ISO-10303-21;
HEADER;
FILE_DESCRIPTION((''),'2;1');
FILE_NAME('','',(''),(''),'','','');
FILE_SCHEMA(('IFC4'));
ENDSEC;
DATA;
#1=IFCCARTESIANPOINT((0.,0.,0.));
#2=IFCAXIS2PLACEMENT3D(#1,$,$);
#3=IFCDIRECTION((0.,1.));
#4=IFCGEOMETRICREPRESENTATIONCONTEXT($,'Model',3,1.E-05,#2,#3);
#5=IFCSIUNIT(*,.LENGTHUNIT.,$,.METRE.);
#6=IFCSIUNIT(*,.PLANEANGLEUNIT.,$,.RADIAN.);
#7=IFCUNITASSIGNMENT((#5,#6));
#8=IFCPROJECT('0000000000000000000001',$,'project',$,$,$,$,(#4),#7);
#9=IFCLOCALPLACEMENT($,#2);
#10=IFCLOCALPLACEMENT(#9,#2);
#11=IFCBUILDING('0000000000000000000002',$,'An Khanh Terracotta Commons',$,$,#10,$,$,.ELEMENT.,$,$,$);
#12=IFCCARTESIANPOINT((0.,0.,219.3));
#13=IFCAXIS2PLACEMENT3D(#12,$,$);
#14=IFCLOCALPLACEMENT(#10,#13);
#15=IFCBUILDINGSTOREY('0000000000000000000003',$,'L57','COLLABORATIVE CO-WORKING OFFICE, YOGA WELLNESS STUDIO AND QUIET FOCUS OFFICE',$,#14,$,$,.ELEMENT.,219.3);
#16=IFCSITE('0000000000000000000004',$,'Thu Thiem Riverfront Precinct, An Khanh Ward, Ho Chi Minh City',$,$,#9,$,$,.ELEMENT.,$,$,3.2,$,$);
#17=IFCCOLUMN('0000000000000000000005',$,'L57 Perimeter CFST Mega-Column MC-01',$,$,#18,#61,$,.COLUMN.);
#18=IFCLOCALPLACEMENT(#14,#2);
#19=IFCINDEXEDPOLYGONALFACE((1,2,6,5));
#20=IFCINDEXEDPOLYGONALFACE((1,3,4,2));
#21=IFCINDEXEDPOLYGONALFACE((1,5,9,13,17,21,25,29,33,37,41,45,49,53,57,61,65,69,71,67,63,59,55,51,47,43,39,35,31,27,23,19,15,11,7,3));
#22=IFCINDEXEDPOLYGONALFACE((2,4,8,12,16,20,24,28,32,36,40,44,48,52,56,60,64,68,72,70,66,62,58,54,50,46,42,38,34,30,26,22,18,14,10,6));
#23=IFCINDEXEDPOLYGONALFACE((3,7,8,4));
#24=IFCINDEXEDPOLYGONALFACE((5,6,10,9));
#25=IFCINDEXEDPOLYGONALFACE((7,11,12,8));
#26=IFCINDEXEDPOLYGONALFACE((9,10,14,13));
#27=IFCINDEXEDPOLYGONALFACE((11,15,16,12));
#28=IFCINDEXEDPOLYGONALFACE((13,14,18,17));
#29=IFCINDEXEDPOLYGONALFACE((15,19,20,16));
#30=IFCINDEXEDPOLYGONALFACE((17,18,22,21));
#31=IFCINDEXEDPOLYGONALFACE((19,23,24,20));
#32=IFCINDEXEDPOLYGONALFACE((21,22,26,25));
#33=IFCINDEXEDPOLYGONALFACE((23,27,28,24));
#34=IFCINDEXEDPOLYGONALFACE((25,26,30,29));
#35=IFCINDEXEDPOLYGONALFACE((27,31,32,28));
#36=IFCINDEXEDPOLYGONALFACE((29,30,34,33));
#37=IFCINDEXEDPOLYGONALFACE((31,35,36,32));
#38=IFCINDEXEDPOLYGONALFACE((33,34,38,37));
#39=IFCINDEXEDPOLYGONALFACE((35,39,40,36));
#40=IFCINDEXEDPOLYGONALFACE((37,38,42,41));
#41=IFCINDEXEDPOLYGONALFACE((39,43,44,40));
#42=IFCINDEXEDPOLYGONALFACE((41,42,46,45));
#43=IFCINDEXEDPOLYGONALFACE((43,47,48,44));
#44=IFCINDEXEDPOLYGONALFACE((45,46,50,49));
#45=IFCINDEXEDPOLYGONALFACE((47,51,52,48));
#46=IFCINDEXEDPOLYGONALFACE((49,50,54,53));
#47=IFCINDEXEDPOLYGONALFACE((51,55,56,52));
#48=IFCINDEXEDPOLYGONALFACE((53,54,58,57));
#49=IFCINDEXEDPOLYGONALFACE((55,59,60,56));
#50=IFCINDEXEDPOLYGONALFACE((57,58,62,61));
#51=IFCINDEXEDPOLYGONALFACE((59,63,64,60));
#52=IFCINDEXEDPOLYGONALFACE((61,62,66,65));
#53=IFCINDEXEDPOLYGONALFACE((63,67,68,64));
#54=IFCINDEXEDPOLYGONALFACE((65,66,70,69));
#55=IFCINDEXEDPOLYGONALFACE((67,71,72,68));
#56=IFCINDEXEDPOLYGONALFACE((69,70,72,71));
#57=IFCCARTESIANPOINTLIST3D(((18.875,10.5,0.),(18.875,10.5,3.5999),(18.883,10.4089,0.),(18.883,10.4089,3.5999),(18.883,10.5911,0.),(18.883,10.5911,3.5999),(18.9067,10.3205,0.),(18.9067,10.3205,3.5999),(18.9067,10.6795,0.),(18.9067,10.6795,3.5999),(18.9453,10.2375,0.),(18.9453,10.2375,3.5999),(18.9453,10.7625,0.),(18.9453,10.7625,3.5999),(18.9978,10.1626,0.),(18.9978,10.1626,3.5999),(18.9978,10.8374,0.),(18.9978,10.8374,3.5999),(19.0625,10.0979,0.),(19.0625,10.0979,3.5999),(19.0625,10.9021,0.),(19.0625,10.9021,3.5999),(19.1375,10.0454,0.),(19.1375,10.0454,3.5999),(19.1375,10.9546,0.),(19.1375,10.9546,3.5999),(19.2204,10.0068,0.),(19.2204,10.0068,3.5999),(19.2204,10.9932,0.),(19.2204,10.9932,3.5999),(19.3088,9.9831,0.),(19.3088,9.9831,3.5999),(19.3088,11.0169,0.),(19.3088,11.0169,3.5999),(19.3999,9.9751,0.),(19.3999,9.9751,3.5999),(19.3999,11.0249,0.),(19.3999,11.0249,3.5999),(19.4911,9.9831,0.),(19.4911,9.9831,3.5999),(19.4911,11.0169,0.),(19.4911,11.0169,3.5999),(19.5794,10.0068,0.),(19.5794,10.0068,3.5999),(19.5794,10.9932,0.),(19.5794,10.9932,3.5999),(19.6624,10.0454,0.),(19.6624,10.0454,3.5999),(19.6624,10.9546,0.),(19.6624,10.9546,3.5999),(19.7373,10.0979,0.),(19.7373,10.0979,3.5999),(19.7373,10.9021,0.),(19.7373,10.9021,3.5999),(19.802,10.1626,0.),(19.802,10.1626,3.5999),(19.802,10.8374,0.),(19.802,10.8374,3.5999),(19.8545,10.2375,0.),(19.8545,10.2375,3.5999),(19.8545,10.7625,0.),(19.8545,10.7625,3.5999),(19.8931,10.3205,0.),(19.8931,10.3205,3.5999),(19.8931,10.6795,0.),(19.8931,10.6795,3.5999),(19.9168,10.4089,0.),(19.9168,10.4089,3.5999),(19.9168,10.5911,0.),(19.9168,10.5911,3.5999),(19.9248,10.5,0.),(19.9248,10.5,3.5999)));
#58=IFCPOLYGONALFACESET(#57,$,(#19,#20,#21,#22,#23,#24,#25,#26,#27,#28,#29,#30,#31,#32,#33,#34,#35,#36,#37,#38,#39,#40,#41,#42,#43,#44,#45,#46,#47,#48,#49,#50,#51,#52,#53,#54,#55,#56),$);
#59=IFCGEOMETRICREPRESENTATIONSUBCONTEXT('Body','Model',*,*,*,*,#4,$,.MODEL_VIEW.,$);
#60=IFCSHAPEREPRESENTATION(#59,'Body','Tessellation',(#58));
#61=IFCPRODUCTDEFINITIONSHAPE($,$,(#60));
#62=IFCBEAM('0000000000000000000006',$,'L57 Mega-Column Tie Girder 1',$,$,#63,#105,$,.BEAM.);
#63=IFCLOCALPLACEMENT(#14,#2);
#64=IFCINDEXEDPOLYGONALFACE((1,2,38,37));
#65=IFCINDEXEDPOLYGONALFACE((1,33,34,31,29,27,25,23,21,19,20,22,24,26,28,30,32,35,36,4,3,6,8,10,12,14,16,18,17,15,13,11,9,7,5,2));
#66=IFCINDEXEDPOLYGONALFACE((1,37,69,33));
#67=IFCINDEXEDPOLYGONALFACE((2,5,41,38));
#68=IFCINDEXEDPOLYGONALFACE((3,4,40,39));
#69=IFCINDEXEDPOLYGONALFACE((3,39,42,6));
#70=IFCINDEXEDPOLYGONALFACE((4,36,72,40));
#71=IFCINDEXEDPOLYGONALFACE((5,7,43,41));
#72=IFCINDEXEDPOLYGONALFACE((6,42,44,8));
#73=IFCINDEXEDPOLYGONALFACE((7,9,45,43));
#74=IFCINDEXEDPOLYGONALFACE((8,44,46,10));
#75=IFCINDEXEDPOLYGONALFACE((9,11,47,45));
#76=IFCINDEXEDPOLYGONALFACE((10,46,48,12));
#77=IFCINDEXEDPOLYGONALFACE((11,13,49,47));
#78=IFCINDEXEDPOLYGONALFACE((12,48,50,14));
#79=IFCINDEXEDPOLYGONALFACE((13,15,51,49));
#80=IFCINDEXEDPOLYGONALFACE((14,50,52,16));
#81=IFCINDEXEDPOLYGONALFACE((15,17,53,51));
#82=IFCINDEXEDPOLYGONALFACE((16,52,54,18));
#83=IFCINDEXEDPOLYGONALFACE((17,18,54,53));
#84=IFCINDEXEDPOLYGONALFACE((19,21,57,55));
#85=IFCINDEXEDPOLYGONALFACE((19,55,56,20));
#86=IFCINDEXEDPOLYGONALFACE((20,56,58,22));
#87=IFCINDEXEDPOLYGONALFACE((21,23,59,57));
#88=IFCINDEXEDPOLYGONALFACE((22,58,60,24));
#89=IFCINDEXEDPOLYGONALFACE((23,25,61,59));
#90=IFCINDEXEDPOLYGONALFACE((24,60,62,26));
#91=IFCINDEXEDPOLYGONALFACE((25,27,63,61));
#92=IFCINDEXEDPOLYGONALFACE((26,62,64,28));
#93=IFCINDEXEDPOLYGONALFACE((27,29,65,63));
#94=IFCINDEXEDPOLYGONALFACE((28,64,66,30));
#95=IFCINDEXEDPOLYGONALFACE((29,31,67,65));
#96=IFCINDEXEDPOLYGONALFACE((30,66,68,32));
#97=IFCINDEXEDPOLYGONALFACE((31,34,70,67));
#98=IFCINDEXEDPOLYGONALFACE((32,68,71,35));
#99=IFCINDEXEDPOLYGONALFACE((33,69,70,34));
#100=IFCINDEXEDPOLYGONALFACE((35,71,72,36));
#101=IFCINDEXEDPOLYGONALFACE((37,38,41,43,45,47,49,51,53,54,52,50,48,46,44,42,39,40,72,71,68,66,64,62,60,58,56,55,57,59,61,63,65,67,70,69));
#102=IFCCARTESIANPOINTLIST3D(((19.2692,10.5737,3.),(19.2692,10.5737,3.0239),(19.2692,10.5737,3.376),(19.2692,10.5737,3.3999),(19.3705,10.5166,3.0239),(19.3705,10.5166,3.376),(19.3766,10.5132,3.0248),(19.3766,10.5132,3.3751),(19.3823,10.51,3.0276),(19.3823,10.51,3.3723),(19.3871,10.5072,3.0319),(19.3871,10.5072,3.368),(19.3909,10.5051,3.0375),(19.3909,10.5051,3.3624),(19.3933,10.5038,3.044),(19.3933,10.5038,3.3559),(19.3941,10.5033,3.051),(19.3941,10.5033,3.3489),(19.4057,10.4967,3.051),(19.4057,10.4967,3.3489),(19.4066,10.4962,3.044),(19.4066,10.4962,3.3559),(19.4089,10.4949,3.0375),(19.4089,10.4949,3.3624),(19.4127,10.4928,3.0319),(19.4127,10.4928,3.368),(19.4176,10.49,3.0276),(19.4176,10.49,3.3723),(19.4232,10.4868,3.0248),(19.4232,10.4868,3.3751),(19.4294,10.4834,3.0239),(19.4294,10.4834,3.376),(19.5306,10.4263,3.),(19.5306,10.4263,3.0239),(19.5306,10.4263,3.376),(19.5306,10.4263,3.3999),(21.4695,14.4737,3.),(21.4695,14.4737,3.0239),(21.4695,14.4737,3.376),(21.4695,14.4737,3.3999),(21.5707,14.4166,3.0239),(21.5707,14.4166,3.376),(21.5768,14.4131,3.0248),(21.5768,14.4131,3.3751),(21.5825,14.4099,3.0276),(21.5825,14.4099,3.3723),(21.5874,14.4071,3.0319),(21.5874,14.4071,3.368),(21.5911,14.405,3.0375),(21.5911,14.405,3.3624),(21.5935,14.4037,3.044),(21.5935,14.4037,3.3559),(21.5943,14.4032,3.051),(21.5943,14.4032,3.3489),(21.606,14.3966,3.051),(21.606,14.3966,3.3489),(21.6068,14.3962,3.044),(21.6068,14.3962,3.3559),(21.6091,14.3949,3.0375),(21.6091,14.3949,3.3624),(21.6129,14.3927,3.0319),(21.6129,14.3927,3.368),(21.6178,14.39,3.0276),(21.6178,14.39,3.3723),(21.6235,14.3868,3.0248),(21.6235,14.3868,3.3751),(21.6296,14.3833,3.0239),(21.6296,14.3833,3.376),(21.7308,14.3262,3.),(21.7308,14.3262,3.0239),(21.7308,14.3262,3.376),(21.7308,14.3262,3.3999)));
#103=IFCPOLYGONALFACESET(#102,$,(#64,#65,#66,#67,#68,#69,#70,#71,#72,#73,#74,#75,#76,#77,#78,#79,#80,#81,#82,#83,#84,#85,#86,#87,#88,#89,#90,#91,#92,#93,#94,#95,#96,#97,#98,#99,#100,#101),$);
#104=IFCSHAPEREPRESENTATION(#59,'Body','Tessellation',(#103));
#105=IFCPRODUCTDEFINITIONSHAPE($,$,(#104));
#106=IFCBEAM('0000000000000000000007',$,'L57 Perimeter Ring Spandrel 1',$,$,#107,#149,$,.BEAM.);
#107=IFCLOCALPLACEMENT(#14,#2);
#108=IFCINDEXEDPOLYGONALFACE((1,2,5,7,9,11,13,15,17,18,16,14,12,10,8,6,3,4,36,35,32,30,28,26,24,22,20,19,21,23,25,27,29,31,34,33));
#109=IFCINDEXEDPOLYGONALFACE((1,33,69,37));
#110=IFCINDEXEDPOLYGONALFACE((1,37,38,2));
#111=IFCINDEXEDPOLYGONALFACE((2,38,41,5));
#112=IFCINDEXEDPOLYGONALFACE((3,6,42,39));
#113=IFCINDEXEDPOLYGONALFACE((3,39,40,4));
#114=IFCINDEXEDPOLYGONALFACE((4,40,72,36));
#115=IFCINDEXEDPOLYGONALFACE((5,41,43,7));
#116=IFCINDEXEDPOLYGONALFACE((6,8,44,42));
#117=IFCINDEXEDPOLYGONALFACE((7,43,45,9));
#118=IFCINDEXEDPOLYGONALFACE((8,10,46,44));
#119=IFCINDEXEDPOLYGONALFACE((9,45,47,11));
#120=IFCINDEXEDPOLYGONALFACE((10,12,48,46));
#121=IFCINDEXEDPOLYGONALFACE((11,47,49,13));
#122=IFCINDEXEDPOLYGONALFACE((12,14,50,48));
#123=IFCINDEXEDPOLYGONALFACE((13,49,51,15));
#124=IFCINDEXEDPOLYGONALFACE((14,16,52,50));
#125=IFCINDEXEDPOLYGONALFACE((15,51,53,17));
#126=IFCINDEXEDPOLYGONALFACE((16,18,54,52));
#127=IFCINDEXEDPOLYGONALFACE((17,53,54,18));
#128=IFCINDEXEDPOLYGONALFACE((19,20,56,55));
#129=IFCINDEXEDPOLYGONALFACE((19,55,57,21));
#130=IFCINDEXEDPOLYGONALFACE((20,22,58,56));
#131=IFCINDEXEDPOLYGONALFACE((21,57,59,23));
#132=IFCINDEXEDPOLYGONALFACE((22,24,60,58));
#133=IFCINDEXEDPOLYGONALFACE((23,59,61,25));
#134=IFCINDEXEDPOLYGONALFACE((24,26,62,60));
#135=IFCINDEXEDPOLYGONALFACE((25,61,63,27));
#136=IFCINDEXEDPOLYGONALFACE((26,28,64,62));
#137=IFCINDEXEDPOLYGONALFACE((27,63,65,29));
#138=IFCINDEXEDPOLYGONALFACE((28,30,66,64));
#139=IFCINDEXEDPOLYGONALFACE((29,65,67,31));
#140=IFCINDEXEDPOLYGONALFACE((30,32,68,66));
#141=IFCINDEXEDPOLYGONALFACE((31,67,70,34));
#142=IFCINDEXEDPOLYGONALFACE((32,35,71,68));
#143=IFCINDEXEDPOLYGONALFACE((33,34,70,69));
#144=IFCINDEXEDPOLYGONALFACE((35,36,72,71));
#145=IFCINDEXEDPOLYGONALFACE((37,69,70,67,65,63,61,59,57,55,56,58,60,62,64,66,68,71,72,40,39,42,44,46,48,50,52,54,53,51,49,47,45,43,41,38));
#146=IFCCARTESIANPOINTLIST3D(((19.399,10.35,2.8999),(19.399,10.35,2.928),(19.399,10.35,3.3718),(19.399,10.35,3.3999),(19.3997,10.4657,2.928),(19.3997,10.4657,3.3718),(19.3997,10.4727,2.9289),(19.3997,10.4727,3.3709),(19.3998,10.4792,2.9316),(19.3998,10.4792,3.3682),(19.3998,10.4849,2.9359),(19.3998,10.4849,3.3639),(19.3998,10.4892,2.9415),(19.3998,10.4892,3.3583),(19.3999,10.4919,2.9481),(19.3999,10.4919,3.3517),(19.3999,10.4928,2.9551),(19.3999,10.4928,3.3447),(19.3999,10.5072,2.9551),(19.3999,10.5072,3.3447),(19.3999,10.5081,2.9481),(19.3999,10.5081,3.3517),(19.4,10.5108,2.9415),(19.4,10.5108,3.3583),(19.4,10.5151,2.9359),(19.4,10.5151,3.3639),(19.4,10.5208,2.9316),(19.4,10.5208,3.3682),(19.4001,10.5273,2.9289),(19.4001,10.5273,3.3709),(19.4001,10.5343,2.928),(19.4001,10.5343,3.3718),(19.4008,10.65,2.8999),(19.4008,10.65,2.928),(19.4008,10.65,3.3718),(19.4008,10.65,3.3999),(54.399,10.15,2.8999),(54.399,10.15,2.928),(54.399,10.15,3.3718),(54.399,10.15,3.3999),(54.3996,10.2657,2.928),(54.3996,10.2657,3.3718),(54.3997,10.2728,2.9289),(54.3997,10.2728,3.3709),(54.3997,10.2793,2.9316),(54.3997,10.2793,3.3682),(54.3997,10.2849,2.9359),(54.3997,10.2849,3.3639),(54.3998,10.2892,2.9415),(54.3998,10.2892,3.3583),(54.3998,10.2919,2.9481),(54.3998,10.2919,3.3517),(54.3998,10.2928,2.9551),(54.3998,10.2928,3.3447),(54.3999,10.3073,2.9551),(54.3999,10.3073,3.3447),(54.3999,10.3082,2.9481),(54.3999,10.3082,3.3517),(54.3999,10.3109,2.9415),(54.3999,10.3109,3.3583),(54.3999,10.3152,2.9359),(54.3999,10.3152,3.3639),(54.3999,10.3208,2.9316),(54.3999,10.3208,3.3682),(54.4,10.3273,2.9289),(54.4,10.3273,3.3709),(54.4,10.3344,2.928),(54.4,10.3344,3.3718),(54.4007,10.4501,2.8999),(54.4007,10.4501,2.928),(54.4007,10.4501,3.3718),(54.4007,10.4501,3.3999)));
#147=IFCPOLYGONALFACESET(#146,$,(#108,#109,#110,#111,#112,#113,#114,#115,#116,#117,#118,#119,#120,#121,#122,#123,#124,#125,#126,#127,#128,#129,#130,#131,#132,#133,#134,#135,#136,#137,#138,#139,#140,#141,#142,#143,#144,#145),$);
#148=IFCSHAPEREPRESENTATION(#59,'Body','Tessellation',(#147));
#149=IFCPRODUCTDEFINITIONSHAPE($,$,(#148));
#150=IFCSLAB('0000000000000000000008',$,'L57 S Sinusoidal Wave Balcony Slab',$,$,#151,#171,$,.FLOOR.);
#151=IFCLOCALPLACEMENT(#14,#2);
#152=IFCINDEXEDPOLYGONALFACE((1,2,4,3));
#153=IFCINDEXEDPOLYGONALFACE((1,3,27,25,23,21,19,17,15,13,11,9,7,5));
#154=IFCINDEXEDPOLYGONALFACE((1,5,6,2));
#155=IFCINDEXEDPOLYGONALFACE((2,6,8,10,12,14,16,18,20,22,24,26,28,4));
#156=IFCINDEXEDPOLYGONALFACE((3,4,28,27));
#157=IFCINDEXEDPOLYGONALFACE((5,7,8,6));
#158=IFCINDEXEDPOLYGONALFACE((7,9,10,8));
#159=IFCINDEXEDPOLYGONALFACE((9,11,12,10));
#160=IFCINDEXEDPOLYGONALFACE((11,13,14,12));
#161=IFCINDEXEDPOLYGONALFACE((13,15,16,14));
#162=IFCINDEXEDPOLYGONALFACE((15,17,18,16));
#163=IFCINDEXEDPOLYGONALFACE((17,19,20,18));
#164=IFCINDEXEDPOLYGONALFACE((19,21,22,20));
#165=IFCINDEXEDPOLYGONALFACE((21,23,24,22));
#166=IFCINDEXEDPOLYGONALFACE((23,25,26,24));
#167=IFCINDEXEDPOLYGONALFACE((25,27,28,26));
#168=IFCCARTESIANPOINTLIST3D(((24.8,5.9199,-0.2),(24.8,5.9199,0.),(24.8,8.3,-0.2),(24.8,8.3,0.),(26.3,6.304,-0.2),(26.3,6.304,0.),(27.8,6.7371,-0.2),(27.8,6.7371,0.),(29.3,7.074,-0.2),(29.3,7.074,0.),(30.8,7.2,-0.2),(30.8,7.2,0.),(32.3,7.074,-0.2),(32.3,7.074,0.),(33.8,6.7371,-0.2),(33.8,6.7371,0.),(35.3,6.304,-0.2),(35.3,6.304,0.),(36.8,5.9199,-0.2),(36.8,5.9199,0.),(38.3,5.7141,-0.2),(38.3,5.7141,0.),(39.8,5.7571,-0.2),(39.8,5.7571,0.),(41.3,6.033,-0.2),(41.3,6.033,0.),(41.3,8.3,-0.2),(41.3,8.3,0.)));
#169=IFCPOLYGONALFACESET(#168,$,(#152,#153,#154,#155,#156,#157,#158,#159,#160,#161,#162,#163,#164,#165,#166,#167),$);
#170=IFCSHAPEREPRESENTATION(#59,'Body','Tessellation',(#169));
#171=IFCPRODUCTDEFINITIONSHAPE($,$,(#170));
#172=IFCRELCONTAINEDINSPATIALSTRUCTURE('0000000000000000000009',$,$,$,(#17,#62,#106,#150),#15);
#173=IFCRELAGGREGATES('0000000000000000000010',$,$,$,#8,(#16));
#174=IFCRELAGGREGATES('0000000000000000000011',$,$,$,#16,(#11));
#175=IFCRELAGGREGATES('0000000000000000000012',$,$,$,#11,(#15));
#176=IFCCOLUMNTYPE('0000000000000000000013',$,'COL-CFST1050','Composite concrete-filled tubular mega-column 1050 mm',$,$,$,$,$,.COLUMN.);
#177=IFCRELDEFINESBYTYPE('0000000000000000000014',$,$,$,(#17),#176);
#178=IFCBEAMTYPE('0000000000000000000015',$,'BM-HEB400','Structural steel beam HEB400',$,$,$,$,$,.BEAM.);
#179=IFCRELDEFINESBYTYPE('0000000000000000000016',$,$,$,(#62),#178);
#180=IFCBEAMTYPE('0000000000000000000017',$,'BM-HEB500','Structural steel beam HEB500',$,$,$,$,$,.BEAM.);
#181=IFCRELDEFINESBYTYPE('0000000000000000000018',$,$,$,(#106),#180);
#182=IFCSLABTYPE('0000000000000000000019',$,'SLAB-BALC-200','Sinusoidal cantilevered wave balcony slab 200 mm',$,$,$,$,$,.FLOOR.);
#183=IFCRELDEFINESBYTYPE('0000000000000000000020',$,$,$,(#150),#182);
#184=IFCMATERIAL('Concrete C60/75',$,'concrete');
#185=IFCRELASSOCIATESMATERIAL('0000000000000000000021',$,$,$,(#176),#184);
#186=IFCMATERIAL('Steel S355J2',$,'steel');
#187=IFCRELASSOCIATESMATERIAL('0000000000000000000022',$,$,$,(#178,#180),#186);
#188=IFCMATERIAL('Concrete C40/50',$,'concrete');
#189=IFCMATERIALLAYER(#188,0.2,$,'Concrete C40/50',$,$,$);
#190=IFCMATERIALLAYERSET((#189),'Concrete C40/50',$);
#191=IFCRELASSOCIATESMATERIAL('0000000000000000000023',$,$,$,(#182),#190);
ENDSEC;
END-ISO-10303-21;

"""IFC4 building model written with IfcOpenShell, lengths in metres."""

from ifc_helpers import new_model, si_unit, direction, frame, origin, origin_2d, place, context, subcontext, project, spatial, polyline, circle, i_section, outline, extrude, material, layer, layer_set, material_profile, profile_set, type_object, element, save


model = new_model("IFC4")

# Units and contexts
model_context = context("Model", 3, precision=1e-05, world=origin(), true_north=direction((0.0, 1.0)))
body_context = subcontext(model_context, "Body", "Model", "MODEL_VIEW")
ifc_project = project(units=[si_unit("LENGTHUNIT", "METRE"), si_unit("PLANEANGLEUNIT", "RADIAN")], contexts=[model_context])

# Site, building, storey
site_placement = place(None, origin())
site = spatial("IfcSite", under=ifc_project, at=site_placement, Name="Thu Thiem Riverfront Precinct, An Khanh Ward, Ho Chi Minh City", CompositionType="ELEMENT", RefElevation=3.2)
building_placement = place(site_placement, origin())
building = spatial("IfcBuilding", under=site, at=building_placement, Name="An Khanh Terracotta Commons", CompositionType="ELEMENT")
storey_placement = place(building_placement, frame((0.0, 0.0, 219.3)))
storey = spatial("IfcBuildingStorey", under=building, at=storey_placement, Name="L57", Description="COLLABORATIVE CO-WORKING OFFICE, YOGA WELLNESS STUDIO AND QUIET FOCUS OFFICE", CompositionType="ELEMENT", Elevation=219.3)

# Column
ifc_material_1 = material(Name="Concrete C60/75", Category="concrete")
ifc_material_profile_1 = material_profile(ifc_material_1, circle(Radius=0.5249, at=origin_2d()), Name="CFST1050")
ifc_profile_set_1 = profile_set([ifc_material_profile_1], Name="Concrete C60/75")
column_type = type_object("IfcColumnType", Name="COL-CFST1050", Description="Composite concrete-filled tubular mega-column 1050 mm", PredefinedType="COLUMN", material=ifc_profile_set_1)
column_placement = place(storey_placement, frame((19.3999, 10.5, 0.0), z_axis=(0.0, 0.0, 1.0), x_axis=(1.0, 0.0, 0.0)))
element("IfcColumn", 1, at=column_placement, inside=storey, type_object=column_type, Name="L57 Perimeter CFST Mega-Column MC-01", PredefinedType="COLUMN", context=body_context, shape_type="SweptSolid", body=[
    extrude(circle(Radius=0.5249, at=origin_2d()), origin(), (0.0, 0.0, 1.0), 3.5999),
])

# Beams
ifc_material_2 = material(Name="Steel S355J2", Category="steel")
ifc_material_profile_2 = material_profile(ifc_material_2, i_section(OverallWidth=0.3, OverallDepth=0.3999, WebThickness=0.0134, FlangeThickness=0.0239, FilletRadius=0.0271, at=origin_2d()), Name="HEB400")
ifc_profile_set_2 = profile_set([ifc_material_profile_2], Name="Steel S355J2")
beam_type_1 = type_object("IfcBeamType", Name="BM-HEB400", Description="Structural steel beam HEB400", PredefinedType="BEAM", material=ifc_profile_set_2)
beam_1_placement = place(storey_placement, frame((19.3999, 10.5, 3.2), z_axis=(0.491364, 0.870955, 0.0), x_axis=(-0.870955, 0.491364, 0.0)))
element("IfcBeam", 2, at=beam_1_placement, inside=storey, type_object=beam_type_1, Name="L57 Mega-Column Tie Girder 1", PredefinedType="BEAM", context=body_context, shape_type="SweptSolid", body=[
    extrude(i_section(OverallWidth=0.3, OverallDepth=0.3999, WebThickness=0.0134, FlangeThickness=0.0239, FilletRadius=0.0271, at=origin_2d()), origin(), (0.0, 0.0, 1.0), 4.4778),
])
ifc_material_profile_3 = material_profile(ifc_material_2, i_section(OverallWidth=0.3, OverallDepth=0.5, WebThickness=0.0144, FlangeThickness=0.0281, FilletRadius=0.0271, at=origin_2d()), Name="HEB500")
ifc_profile_set_3 = profile_set([ifc_material_profile_3], Name="Steel S355J2")
beam_type_2 = type_object("IfcBeamType", Name="BM-HEB500", Description="Structural steel beam HEB500", PredefinedType="BEAM", material=ifc_profile_set_3)
beam_2_placement = place(storey_placement, frame((19.3999, 10.5, 3.1499), z_axis=(0.999984, -0.005713, 0.0), x_axis=(0.005713, 0.999984, 0.0)))
element("IfcBeam", 3, at=beam_2_placement, inside=storey, type_object=beam_type_2, Name="L57 Perimeter Ring Spandrel 1", PredefinedType="BEAM", context=body_context, shape_type="SweptSolid", body=[
    extrude(i_section(OverallWidth=0.3, OverallDepth=0.5, WebThickness=0.0144, FlangeThickness=0.0281, FilletRadius=0.0271, at=origin_2d()), origin(), (0.0, 0.0, 1.0), 35.0005),
])

# Slab
ifc_material_3 = material(Name="Concrete C40/50", Category="concrete")
ifc_layer_1 = layer(ifc_material_3, 0.2, Name="Concrete C40/50")
ifc_layer_set_1 = layer_set([ifc_layer_1], Name="Concrete C40/50")
slab_type_1 = type_object("IfcSlabType", Name="SLAB-BALC-200", Description="Sinusoidal cantilevered wave balcony slab 200 mm", PredefinedType="FLOOR", material=ifc_layer_set_1)
slab_1_placement = place(storey_placement, frame((0.0, 0.0, -0.2)))
element("IfcSlab", 4, at=slab_1_placement, inside=storey, type_object=slab_type_1, Name="L57 S Sinusoidal Wave Balcony Slab", PredefinedType="FLOOR", context=body_context, shape_type="SweptSolid", body=[
    extrude(outline(polyline([(24.8, 8.3), (24.8, 5.9199), (26.3, 6.304), (27.8, 6.7371), (29.3, 7.074), (30.8, 7.2), (32.3, 7.074), (33.8, 6.7371), (35.3, 6.304), (36.8, 5.9199), (38.3, 5.7141), (39.8, 5.7571), (41.3, 6.033), (41.3, 8.3), (24.8, 8.3)])), origin(), (0.0, 0.0, 1.0), 0.2),
])

save(model, "model.ifc")
